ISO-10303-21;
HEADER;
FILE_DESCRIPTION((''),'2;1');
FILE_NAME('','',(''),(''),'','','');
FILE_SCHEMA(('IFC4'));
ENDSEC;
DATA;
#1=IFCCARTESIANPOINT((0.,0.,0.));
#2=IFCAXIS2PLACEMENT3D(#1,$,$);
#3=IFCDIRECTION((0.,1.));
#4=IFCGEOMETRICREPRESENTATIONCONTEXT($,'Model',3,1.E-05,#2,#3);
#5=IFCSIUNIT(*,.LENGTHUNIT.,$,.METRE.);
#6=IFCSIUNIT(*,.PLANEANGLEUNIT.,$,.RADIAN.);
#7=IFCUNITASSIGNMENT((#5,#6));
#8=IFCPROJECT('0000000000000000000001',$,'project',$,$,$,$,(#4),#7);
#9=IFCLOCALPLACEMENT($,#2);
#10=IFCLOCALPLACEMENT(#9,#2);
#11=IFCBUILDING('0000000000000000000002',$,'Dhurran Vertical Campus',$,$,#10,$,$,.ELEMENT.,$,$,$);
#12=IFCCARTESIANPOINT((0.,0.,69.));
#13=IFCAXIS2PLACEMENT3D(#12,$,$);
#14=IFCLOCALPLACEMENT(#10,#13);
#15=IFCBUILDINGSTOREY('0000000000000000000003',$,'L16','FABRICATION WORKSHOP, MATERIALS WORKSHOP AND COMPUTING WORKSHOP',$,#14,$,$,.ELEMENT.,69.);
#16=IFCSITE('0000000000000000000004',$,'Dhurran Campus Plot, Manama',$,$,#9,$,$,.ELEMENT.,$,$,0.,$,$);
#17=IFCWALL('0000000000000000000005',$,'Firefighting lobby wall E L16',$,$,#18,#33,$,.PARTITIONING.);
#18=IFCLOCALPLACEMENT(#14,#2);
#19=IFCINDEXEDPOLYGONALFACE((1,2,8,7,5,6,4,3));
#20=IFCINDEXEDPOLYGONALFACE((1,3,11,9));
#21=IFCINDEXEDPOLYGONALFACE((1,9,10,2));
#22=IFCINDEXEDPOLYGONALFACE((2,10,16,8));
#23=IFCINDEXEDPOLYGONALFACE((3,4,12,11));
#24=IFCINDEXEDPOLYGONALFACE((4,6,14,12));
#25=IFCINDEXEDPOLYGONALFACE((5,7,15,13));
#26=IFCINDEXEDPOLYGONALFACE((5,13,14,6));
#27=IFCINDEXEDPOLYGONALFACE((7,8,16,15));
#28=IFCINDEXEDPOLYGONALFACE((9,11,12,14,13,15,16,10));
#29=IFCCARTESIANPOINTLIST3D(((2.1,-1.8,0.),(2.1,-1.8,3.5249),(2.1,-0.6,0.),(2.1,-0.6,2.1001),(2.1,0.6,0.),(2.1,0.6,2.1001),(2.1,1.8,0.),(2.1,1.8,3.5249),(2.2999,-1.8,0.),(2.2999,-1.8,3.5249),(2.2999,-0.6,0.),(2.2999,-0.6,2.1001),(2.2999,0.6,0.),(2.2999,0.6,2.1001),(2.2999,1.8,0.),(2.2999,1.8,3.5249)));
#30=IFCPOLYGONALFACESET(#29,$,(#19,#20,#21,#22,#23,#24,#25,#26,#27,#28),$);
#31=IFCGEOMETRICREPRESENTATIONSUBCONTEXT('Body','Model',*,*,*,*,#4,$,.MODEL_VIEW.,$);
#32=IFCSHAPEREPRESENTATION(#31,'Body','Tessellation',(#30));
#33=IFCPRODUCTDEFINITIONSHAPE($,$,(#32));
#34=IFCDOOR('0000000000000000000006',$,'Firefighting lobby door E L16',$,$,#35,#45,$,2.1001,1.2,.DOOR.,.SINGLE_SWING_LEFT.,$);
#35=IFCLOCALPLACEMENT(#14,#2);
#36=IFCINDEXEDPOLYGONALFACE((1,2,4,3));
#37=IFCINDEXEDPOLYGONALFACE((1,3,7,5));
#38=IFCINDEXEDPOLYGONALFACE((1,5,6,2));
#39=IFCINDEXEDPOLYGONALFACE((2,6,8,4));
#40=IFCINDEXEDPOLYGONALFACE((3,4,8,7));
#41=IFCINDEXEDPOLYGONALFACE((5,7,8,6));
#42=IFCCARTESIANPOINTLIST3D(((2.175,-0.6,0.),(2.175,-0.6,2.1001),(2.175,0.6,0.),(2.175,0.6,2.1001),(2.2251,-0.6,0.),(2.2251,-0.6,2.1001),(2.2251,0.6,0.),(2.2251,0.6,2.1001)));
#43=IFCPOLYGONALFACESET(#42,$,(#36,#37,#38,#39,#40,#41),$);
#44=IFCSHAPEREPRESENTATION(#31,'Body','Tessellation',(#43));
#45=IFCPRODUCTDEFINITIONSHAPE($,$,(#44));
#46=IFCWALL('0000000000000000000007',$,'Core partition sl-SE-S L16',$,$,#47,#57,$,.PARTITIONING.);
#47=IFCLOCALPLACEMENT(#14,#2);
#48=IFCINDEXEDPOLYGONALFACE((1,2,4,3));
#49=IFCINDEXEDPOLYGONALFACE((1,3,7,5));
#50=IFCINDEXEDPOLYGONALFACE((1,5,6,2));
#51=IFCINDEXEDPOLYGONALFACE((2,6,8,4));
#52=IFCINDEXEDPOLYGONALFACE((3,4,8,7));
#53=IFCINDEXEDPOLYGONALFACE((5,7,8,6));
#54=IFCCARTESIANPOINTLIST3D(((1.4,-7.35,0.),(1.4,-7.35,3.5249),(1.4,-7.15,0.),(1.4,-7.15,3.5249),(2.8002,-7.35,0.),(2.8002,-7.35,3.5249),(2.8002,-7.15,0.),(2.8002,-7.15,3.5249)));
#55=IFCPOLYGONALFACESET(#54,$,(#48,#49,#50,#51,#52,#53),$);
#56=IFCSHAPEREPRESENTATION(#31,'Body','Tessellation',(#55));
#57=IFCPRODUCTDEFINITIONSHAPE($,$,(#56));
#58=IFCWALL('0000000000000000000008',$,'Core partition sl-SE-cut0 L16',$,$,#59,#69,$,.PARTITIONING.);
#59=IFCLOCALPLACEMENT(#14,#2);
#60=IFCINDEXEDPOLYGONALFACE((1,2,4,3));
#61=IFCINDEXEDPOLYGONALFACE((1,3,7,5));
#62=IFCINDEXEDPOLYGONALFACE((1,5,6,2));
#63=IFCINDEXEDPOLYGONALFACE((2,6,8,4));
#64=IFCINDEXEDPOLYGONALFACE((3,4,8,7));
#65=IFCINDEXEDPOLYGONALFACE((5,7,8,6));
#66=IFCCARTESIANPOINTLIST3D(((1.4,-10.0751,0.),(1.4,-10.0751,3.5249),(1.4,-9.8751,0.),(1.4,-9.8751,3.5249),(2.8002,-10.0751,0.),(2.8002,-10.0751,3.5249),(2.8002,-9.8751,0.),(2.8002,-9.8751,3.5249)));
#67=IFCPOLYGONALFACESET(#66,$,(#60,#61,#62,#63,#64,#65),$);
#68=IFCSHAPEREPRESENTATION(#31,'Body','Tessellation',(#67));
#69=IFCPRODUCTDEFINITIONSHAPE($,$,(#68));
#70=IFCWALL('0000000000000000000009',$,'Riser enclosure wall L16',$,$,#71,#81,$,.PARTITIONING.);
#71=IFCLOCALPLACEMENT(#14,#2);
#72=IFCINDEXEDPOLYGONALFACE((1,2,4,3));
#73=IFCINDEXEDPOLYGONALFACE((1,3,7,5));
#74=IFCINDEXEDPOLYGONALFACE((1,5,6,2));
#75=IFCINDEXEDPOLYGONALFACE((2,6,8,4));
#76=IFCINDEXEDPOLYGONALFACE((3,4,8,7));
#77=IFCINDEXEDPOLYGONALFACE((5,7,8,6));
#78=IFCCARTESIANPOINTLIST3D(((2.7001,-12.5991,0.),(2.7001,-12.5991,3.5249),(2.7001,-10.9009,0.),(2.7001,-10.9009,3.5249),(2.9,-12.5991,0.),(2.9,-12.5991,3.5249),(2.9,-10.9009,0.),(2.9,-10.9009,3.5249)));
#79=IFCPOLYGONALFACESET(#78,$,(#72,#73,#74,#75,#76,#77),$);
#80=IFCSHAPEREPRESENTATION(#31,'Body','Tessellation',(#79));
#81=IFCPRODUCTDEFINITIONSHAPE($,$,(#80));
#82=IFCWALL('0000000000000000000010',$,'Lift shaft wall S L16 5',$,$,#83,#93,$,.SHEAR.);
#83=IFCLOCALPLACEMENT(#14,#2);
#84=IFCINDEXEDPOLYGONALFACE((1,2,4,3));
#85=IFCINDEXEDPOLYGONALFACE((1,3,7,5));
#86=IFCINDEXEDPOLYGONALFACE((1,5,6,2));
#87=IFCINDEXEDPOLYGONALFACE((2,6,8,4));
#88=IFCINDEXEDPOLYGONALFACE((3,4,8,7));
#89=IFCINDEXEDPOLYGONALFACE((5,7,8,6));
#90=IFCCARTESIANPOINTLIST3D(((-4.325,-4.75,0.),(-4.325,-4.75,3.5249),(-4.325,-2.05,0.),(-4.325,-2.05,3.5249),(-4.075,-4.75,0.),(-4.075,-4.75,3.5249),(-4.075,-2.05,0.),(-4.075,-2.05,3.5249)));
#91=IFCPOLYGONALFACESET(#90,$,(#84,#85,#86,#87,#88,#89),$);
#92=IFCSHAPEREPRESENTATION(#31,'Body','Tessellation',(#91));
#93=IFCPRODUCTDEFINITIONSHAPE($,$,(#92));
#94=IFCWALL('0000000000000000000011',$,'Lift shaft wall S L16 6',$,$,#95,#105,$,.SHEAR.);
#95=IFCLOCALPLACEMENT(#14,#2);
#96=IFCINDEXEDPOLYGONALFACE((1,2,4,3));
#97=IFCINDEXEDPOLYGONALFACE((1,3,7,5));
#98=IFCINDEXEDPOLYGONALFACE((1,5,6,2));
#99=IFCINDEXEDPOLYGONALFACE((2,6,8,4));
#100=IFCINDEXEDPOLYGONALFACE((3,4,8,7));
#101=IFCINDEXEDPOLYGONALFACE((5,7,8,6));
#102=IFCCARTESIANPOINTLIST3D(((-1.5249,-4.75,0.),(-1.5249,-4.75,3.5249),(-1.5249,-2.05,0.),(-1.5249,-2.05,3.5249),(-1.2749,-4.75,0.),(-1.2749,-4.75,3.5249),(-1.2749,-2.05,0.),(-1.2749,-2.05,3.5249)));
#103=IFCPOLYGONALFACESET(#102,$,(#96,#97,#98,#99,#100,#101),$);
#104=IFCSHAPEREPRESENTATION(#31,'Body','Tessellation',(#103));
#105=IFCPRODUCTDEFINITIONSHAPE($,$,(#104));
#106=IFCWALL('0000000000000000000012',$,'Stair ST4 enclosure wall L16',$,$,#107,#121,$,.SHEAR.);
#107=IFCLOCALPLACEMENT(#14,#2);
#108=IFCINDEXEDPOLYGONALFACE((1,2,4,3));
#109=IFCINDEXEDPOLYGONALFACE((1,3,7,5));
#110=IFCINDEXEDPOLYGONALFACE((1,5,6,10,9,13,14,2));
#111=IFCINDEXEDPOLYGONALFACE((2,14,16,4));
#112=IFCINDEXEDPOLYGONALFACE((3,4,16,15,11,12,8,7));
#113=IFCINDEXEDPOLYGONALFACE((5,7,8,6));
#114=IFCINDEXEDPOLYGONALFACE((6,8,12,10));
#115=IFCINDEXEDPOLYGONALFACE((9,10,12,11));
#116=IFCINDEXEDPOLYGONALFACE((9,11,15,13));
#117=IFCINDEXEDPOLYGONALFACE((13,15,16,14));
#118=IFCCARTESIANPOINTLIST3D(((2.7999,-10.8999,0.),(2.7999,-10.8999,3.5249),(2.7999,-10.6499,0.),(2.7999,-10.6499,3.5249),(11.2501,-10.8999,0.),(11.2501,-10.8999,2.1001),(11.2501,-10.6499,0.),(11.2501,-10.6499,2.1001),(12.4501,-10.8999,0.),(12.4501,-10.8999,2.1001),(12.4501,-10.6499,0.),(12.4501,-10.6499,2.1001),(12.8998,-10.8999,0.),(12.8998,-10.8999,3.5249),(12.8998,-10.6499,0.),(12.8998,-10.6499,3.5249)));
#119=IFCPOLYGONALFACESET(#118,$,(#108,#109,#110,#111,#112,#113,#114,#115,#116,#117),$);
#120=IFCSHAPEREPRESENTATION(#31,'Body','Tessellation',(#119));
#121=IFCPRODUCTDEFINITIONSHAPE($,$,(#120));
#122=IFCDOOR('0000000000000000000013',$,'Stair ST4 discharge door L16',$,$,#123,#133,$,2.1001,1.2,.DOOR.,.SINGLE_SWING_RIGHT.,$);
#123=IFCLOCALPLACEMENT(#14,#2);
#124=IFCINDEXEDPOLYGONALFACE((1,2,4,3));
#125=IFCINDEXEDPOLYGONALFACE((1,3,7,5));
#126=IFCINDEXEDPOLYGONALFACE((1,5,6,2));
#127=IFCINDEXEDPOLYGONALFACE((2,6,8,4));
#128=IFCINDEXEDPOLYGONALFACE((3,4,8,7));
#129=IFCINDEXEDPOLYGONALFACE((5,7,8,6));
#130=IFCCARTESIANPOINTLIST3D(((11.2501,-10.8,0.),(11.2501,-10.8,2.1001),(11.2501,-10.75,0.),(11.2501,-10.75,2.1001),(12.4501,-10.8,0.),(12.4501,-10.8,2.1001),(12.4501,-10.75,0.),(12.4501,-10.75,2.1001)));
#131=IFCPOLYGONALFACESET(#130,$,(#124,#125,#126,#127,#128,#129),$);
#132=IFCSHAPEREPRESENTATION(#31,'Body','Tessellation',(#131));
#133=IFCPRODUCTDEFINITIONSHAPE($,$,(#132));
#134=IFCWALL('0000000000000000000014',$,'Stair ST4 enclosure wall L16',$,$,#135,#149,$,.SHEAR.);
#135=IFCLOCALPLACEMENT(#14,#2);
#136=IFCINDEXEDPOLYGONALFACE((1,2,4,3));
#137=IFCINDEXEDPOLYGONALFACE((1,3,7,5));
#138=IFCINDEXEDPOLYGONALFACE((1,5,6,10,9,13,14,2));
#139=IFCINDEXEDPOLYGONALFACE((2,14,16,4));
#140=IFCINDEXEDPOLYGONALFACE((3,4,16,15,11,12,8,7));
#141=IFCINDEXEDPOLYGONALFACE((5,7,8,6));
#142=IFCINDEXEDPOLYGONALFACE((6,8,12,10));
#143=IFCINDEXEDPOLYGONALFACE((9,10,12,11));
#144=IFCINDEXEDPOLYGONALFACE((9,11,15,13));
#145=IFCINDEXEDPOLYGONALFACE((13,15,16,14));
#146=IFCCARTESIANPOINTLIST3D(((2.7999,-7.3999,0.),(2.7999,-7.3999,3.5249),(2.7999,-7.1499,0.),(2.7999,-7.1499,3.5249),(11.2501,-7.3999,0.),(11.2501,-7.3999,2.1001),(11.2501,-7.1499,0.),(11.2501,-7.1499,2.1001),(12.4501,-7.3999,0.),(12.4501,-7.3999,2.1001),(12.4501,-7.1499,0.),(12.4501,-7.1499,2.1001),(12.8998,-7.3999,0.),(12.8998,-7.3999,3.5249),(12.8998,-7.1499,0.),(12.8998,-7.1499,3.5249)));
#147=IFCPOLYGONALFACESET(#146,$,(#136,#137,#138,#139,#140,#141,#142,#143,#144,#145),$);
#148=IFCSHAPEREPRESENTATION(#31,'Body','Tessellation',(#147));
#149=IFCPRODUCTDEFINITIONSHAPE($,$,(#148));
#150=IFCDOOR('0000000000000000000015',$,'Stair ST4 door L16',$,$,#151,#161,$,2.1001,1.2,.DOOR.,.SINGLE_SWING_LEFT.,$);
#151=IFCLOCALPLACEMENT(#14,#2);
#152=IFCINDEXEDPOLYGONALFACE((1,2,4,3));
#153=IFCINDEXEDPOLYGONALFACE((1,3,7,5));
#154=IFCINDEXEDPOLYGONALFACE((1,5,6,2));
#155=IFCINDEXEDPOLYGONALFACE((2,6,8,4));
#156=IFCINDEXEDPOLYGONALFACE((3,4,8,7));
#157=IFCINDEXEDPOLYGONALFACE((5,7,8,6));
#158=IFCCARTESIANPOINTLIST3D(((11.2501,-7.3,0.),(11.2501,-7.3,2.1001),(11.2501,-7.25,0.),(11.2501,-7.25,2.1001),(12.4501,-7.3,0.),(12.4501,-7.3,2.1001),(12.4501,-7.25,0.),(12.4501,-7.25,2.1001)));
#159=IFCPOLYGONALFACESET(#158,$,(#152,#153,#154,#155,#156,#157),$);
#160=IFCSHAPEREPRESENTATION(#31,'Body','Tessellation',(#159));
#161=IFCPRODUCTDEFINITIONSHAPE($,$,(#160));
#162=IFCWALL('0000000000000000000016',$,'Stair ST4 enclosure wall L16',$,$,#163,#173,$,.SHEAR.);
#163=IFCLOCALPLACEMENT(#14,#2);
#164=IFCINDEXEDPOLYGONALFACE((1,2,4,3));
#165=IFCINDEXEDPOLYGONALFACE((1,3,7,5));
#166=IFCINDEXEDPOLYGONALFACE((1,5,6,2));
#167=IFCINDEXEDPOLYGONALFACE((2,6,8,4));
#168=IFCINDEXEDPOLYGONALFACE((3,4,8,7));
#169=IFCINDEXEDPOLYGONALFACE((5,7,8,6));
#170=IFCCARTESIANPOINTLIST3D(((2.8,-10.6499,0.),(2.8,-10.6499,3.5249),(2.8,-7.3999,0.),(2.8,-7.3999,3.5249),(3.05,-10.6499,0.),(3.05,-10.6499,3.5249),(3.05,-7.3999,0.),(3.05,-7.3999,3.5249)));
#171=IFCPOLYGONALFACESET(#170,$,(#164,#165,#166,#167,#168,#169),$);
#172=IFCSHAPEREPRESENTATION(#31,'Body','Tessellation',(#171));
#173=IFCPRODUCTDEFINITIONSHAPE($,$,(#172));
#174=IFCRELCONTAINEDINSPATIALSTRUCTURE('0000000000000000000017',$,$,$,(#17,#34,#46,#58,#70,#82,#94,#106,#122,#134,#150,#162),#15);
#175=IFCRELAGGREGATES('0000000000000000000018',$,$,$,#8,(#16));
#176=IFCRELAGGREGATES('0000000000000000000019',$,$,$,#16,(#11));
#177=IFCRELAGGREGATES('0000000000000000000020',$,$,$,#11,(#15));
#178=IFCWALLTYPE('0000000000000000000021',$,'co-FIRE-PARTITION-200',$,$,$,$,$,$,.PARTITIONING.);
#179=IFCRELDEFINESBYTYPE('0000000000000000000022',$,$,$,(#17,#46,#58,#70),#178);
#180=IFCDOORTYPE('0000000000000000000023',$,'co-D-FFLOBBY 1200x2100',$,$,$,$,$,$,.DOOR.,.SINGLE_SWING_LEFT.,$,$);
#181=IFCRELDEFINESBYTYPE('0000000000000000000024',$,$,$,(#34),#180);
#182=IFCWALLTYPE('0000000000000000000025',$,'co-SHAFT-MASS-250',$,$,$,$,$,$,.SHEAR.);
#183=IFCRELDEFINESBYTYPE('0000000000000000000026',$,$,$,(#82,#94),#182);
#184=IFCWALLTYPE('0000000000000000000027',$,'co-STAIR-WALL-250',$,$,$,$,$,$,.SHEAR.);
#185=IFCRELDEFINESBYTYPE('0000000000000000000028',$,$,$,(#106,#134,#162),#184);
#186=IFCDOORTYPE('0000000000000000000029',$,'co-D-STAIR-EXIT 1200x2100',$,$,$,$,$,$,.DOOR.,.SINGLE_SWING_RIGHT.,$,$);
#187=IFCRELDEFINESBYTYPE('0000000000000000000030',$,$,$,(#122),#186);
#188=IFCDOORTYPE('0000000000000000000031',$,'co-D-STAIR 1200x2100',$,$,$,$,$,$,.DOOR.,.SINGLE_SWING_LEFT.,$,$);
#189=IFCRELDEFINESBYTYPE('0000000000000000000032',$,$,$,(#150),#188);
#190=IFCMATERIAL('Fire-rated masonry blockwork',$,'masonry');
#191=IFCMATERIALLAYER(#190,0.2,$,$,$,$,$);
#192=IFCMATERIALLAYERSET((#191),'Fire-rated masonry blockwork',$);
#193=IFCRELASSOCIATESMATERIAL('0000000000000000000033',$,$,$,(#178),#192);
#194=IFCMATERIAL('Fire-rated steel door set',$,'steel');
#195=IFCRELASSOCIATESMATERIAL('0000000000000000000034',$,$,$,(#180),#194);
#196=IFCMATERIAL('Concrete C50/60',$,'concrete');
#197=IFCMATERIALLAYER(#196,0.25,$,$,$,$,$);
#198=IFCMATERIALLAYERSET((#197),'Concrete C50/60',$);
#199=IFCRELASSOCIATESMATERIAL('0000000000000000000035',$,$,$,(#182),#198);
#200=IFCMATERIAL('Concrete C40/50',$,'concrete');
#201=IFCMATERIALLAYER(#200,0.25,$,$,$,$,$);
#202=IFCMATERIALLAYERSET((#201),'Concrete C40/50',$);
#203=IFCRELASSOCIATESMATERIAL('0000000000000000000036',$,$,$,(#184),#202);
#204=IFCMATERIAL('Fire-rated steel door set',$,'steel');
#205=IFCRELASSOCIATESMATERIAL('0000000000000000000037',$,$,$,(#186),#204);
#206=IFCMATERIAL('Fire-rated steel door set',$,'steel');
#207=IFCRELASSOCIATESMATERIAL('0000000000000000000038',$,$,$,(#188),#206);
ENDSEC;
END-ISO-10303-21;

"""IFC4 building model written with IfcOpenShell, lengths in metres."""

from ifc_helpers import new_model, si_unit, direction, frame, frame_2d, origin, place, context, subcontext, project, spatial, polyline, rectangle, outline, extrude, material, layer, layer_set, type_object, element, fill, save


model = new_model("IFC4")

# Units and contexts
model_context = context("Model", 3, precision=1e-05, world=origin(), true_north=direction((0.0, 1.0)))
body_context = subcontext(model_context, "Body", "Model", "MODEL_VIEW")
ifc_project = project(units=[si_unit("LENGTHUNIT", "METRE"), si_unit("PLANEANGLEUNIT", "RADIAN")], contexts=[model_context])

# Site, building, storey
site_placement = place(None, origin())
site = spatial("IfcSite", under=ifc_project, at=site_placement, Name="Dhurran Campus Plot, Manama", CompositionType="ELEMENT", RefElevation=0.0)
building_placement = place(site_placement, origin())
building = spatial("IfcBuilding", under=site, at=building_placement, Name="Dhurran Vertical Campus", CompositionType="ELEMENT")
storey_placement = place(building_placement, frame((0.0, 0.0, 69.0)))
storey = spatial("IfcBuildingStorey", under=building, at=storey_placement, Name="L16", Description="FABRICATION WORKSHOP, MATERIALS WORKSHOP AND COMPUTING WORKSHOP", CompositionType="ELEMENT", Elevation=69.0)

# Wall, opening, door
ifc_material_1 = material(Name="Fire-rated masonry blockwork", Category="masonry")
ifc_layer_1 = layer(ifc_material_1, 0.2)
ifc_layer_set_1 = layer_set([ifc_layer_1], Name="Fire-rated masonry blockwork")
wall_type_1 = type_object("IfcWallType", Name="co-FIRE-PARTITION-200", PredefinedType="PARTITIONING", material=ifc_layer_set_1)
wall_1_placement = place(storey_placement, frame((2.2, -1.8, 0.0), z_axis=(0.0, 0.0, 1.0), x_axis=(0.0, 1.0, 0.0)))
wall_1 = element("IfcWall", 1, at=wall_1_placement, inside=storey, type_object=wall_type_1, Name="Firefighting lobby wall E L16", PredefinedType="PARTITIONING", context=body_context, shape_type="SweptSolid", body=[
    extrude(rectangle(XDim=3.6001, YDim=0.2, at=frame_2d((1.8, 0.0))), origin(), (0.0, 0.0, 1.0), 3.5249),
])
opening_1_placement = place(wall_1_placement, frame((1.2, 0.0, 0.0)))
opening_1 = element("IfcOpeningElement", 2, at=opening_1_placement, cuts=wall_1, PredefinedType="OPENING", context=body_context, shape_type="SweptSolid", body=[
    extrude(rectangle(XDim=1.2, YDim=2.1001, at=frame_2d((0.6001, 1.05))), frame((0.0, 0.1099, 0.0), z_axis=(0.0, -1.0, 0.0), x_axis=(1.0, 0.0, 0.0)), (0.0, 0.0, 1.0), 0.22),
])
ifc_material_2 = material(Name="Fire-rated steel door set", Category="steel")
door_type_1 = type_object("IfcDoorType", Name="co-D-FFLOBBY 1200x2100", OperationType="SINGLE_SWING_LEFT", PredefinedType="DOOR", material=ifc_material_2)
door_1_placement = place(opening_1_placement, origin())
door_1 = element("IfcDoor", 3, at=door_1_placement, inside=storey, type_object=door_type_1, Name="Firefighting lobby door E L16", OperationType="SINGLE_SWING_LEFT", OverallHeight=2.1001, OverallWidth=1.2, PredefinedType="DOOR", context=body_context, shape_type="SweptSolid", body=[
    extrude(rectangle(XDim=1.2, YDim=2.1001, at=frame_2d((0.6001, 1.05))), frame((0.0, 0.0249, 0.0), z_axis=(0.0, -1.0, 0.0), x_axis=(1.0, 0.0, 0.0)), (0.0, 0.0, 1.0), 0.05),
])
fill(opening_1, door_1)

# Walls
for number, where, z_axis, x_axis, name in (
    (4, (1.3999, -7.25, 0.0), (0.0, 0.0, 1.0), (1.0, 0.0, 0.0), "Core partition sl-SE-S L16"),
    (5, (1.3999, -9.9751, 0.0), (0.0, 0.0, 1.0), (1.0, 0.0, 0.0), "Core partition sl-SE-cut0 L16"),
):
    element("IfcWall", number, at=place(storey_placement, frame(where, z_axis=z_axis, x_axis=x_axis)), inside=storey, type_object=wall_type_1, Name=name, PredefinedType="PARTITIONING", context=body_context, shape_type="SweptSolid", body=[
        extrude(rectangle(XDim=1.4001, YDim=0.2, at=frame_2d((0.7002, 0.0))), origin(), (0.0, 0.0, 1.0), 3.5249),
    ])
wall_2_placement = place(storey_placement, frame((2.8, -10.9009, 0.0), z_axis=(0.0, 0.0, 1.0), x_axis=(0.0, -1.0, 0.0)))
element("IfcWall", 6, at=wall_2_placement, inside=storey, type_object=wall_type_1, Name="Riser enclosure wall L16", PredefinedType="PARTITIONING", context=body_context, shape_type="SweptSolid", body=[
    extrude(rectangle(XDim=1.6982, YDim=0.2, at=frame_2d((0.8491, 0.0))), origin(), (0.0, 0.0, 1.0), 3.5249),
])
ifc_material_3 = material(Name="Concrete C50/60", Category="concrete")
ifc_layer_2 = layer(ifc_material_3, 0.25)
ifc_layer_set_2 = layer_set([ifc_layer_2], Name="Concrete C50/60")
wall_type_2 = type_object("IfcWallType", Name="co-SHAFT-MASS-250", PredefinedType="SHEAR", material=ifc_layer_set_2)
wall_3_placement = place(storey_placement, origin())
element("IfcWall", 7, at=wall_3_placement, inside=storey, type_object=wall_type_2, Name="Lift shaft wall S L16 5", PredefinedType="SHEAR", context=body_context, shape_type="SweptSolid", body=[
    extrude(outline(polyline([(-4.325, -4.75), (-4.075, -4.75), (-4.075, -2.05), (-4.325, -2.05), (-4.325, -4.75)])), origin(), (0.0, 0.0, 1.0), 3.5249),
])
wall_4_placement = place(storey_placement, origin())
element("IfcWall", 8, at=wall_4_placement, inside=storey, type_object=wall_type_2, Name="Lift shaft wall S L16 6", PredefinedType="SHEAR", context=body_context, shape_type="SweptSolid", body=[
    extrude(outline(polyline([(-1.5249, -4.75), (-1.2749, -4.75), (-1.2749, -2.05), (-1.5249, -2.05), (-1.5249, -4.75)])), origin(), (0.0, 0.0, 1.0), 3.5249),
])

# Walls, openings, doors
ifc_material_4 = material(Name="Concrete C40/50", Category="concrete")
ifc_layer_3 = layer(ifc_material_4, 0.25)
ifc_layer_set_3 = layer_set([ifc_layer_3], Name="Concrete C40/50")
wall_type_3 = type_object("IfcWallType", Name="co-STAIR-WALL-250", PredefinedType="SHEAR", material=ifc_layer_set_3)
wall_5_placement = place(storey_placement, frame((2.8, -10.7749, 0.0), z_axis=(0.0, 0.0, 1.0), x_axis=(1.0, 0.0, 0.0)))
wall_5 = element("IfcWall", 9, at=wall_5_placement, inside=storey, type_object=wall_type_3, Name="Stair ST4 enclosure wall L16", PredefinedType="SHEAR", context=body_context, shape_type="SweptSolid", body=[
    extrude(rectangle(XDim=10.0999, YDim=0.25, at=frame_2d((5.0498, 0.0))), origin(), (0.0, 0.0, 1.0), 3.5249),
])
opening_2_placement = place(wall_5_placement, frame((8.45, 0.0, 0.0)))
opening_2 = element("IfcOpeningElement", 10, at=opening_2_placement, cuts=wall_5, PredefinedType="OPENING", context=body_context, shape_type="SweptSolid", body=[
    extrude(rectangle(XDim=1.2, YDim=2.1001, at=frame_2d((0.6001, 1.05))), frame((0.0, 0.135, 0.0), z_axis=(0.0, -1.0, 0.0), x_axis=(1.0, 0.0, 0.0)), (0.0, 0.0, 1.0), 0.27),
])
ifc_material_5 = material(Name="Fire-rated steel door set", Category="steel")
door_type_2 = type_object("IfcDoorType", Name="co-D-STAIR-EXIT 1200x2100", OperationType="SINGLE_SWING_RIGHT", PredefinedType="DOOR", material=ifc_material_5)
door_2_placement = place(opening_2_placement, origin())
door_2 = element("IfcDoor", 11, at=door_2_placement, inside=storey, type_object=door_type_2, Name="Stair ST4 discharge door L16", OperationType="SINGLE_SWING_RIGHT", OverallHeight=2.1001, OverallWidth=1.2, PredefinedType="DOOR", context=body_context, shape_type="SweptSolid", body=[
    extrude(rectangle(XDim=1.2, YDim=2.1001, at=frame_2d((0.6001, 1.05))), frame((0.0, 0.0249, 0.0), z_axis=(0.0, -1.0, 0.0), x_axis=(1.0, 0.0, 0.0)), (0.0, 0.0, 1.0), 0.05),
])
fill(opening_2, door_2)
wall_6_placement = place(storey_placement, frame((2.8, -7.2749, 0.0), z_axis=(0.0, 0.0, 1.0), x_axis=(1.0, 0.0, 0.0)))
wall_6 = element("IfcWall", 12, at=wall_6_placement, inside=storey, type_object=wall_type_3, Name="Stair ST4 enclosure wall L16", PredefinedType="SHEAR", context=body_context, shape_type="SweptSolid", body=[
    extrude(rectangle(XDim=10.0999, YDim=0.25, at=frame_2d((5.0498, 0.0))), origin(), (0.0, 0.0, 1.0), 3.5249),
])
opening_3_placement = place(wall_6_placement, frame((8.45, 0.0, 0.0)))
opening_3 = element("IfcOpeningElement", 13, at=opening_3_placement, cuts=wall_6, PredefinedType="OPENING", context=body_context, shape_type="SweptSolid", body=[
    extrude(rectangle(XDim=1.2, YDim=2.1001, at=frame_2d((0.6001, 1.05))), frame((0.0, 0.135, 0.0), z_axis=(0.0, -1.0, 0.0), x_axis=(1.0, 0.0, 0.0)), (0.0, 0.0, 1.0), 0.27),
])
ifc_material_6 = material(Name="Fire-rated steel door set", Category="steel")
door_type_3 = type_object("IfcDoorType", Name="co-D-STAIR 1200x2100", OperationType="SINGLE_SWING_LEFT", PredefinedType="DOOR", material=ifc_material_6)
door_3_placement = place(opening_3_placement, origin())
door_3 = element("IfcDoor", 14, at=door_3_placement, inside=storey, type_object=door_type_3, Name="Stair ST4 door L16", OperationType="SINGLE_SWING_LEFT", OverallHeight=2.1001, OverallWidth=1.2, PredefinedType="DOOR", context=body_context, shape_type="SweptSolid", body=[
    extrude(rectangle(XDim=1.2, YDim=2.1001, at=frame_2d((0.6001, 1.05))), frame((0.0, 0.0249, 0.0), z_axis=(0.0, -1.0, 0.0), x_axis=(1.0, 0.0, 0.0)), (0.0, 0.0, 1.0), 0.05),
])
fill(opening_3, door_3)

# Wall
for number, where, z_axis, x_axis, name in (
    (15, (2.925, -10.6499, 0.0), (0.0, 0.0, 1.0), (0.0, 1.0, 0.0), "Stair ST4 enclosure wall L16"),
):
    element("IfcWall", number, at=place(storey_placement, frame(where, z_axis=z_axis, x_axis=x_axis)), inside=storey, type_object=wall_type_3, Name=name, PredefinedType="SHEAR", context=body_context, shape_type="SweptSolid", body=[
        extrude(rectangle(XDim=3.25, YDim=0.25, at=frame_2d((1.625, 0.0))), origin(), (0.0, 0.0, 1.0), 3.5249),
    ])

save(model, "model.ifc")
